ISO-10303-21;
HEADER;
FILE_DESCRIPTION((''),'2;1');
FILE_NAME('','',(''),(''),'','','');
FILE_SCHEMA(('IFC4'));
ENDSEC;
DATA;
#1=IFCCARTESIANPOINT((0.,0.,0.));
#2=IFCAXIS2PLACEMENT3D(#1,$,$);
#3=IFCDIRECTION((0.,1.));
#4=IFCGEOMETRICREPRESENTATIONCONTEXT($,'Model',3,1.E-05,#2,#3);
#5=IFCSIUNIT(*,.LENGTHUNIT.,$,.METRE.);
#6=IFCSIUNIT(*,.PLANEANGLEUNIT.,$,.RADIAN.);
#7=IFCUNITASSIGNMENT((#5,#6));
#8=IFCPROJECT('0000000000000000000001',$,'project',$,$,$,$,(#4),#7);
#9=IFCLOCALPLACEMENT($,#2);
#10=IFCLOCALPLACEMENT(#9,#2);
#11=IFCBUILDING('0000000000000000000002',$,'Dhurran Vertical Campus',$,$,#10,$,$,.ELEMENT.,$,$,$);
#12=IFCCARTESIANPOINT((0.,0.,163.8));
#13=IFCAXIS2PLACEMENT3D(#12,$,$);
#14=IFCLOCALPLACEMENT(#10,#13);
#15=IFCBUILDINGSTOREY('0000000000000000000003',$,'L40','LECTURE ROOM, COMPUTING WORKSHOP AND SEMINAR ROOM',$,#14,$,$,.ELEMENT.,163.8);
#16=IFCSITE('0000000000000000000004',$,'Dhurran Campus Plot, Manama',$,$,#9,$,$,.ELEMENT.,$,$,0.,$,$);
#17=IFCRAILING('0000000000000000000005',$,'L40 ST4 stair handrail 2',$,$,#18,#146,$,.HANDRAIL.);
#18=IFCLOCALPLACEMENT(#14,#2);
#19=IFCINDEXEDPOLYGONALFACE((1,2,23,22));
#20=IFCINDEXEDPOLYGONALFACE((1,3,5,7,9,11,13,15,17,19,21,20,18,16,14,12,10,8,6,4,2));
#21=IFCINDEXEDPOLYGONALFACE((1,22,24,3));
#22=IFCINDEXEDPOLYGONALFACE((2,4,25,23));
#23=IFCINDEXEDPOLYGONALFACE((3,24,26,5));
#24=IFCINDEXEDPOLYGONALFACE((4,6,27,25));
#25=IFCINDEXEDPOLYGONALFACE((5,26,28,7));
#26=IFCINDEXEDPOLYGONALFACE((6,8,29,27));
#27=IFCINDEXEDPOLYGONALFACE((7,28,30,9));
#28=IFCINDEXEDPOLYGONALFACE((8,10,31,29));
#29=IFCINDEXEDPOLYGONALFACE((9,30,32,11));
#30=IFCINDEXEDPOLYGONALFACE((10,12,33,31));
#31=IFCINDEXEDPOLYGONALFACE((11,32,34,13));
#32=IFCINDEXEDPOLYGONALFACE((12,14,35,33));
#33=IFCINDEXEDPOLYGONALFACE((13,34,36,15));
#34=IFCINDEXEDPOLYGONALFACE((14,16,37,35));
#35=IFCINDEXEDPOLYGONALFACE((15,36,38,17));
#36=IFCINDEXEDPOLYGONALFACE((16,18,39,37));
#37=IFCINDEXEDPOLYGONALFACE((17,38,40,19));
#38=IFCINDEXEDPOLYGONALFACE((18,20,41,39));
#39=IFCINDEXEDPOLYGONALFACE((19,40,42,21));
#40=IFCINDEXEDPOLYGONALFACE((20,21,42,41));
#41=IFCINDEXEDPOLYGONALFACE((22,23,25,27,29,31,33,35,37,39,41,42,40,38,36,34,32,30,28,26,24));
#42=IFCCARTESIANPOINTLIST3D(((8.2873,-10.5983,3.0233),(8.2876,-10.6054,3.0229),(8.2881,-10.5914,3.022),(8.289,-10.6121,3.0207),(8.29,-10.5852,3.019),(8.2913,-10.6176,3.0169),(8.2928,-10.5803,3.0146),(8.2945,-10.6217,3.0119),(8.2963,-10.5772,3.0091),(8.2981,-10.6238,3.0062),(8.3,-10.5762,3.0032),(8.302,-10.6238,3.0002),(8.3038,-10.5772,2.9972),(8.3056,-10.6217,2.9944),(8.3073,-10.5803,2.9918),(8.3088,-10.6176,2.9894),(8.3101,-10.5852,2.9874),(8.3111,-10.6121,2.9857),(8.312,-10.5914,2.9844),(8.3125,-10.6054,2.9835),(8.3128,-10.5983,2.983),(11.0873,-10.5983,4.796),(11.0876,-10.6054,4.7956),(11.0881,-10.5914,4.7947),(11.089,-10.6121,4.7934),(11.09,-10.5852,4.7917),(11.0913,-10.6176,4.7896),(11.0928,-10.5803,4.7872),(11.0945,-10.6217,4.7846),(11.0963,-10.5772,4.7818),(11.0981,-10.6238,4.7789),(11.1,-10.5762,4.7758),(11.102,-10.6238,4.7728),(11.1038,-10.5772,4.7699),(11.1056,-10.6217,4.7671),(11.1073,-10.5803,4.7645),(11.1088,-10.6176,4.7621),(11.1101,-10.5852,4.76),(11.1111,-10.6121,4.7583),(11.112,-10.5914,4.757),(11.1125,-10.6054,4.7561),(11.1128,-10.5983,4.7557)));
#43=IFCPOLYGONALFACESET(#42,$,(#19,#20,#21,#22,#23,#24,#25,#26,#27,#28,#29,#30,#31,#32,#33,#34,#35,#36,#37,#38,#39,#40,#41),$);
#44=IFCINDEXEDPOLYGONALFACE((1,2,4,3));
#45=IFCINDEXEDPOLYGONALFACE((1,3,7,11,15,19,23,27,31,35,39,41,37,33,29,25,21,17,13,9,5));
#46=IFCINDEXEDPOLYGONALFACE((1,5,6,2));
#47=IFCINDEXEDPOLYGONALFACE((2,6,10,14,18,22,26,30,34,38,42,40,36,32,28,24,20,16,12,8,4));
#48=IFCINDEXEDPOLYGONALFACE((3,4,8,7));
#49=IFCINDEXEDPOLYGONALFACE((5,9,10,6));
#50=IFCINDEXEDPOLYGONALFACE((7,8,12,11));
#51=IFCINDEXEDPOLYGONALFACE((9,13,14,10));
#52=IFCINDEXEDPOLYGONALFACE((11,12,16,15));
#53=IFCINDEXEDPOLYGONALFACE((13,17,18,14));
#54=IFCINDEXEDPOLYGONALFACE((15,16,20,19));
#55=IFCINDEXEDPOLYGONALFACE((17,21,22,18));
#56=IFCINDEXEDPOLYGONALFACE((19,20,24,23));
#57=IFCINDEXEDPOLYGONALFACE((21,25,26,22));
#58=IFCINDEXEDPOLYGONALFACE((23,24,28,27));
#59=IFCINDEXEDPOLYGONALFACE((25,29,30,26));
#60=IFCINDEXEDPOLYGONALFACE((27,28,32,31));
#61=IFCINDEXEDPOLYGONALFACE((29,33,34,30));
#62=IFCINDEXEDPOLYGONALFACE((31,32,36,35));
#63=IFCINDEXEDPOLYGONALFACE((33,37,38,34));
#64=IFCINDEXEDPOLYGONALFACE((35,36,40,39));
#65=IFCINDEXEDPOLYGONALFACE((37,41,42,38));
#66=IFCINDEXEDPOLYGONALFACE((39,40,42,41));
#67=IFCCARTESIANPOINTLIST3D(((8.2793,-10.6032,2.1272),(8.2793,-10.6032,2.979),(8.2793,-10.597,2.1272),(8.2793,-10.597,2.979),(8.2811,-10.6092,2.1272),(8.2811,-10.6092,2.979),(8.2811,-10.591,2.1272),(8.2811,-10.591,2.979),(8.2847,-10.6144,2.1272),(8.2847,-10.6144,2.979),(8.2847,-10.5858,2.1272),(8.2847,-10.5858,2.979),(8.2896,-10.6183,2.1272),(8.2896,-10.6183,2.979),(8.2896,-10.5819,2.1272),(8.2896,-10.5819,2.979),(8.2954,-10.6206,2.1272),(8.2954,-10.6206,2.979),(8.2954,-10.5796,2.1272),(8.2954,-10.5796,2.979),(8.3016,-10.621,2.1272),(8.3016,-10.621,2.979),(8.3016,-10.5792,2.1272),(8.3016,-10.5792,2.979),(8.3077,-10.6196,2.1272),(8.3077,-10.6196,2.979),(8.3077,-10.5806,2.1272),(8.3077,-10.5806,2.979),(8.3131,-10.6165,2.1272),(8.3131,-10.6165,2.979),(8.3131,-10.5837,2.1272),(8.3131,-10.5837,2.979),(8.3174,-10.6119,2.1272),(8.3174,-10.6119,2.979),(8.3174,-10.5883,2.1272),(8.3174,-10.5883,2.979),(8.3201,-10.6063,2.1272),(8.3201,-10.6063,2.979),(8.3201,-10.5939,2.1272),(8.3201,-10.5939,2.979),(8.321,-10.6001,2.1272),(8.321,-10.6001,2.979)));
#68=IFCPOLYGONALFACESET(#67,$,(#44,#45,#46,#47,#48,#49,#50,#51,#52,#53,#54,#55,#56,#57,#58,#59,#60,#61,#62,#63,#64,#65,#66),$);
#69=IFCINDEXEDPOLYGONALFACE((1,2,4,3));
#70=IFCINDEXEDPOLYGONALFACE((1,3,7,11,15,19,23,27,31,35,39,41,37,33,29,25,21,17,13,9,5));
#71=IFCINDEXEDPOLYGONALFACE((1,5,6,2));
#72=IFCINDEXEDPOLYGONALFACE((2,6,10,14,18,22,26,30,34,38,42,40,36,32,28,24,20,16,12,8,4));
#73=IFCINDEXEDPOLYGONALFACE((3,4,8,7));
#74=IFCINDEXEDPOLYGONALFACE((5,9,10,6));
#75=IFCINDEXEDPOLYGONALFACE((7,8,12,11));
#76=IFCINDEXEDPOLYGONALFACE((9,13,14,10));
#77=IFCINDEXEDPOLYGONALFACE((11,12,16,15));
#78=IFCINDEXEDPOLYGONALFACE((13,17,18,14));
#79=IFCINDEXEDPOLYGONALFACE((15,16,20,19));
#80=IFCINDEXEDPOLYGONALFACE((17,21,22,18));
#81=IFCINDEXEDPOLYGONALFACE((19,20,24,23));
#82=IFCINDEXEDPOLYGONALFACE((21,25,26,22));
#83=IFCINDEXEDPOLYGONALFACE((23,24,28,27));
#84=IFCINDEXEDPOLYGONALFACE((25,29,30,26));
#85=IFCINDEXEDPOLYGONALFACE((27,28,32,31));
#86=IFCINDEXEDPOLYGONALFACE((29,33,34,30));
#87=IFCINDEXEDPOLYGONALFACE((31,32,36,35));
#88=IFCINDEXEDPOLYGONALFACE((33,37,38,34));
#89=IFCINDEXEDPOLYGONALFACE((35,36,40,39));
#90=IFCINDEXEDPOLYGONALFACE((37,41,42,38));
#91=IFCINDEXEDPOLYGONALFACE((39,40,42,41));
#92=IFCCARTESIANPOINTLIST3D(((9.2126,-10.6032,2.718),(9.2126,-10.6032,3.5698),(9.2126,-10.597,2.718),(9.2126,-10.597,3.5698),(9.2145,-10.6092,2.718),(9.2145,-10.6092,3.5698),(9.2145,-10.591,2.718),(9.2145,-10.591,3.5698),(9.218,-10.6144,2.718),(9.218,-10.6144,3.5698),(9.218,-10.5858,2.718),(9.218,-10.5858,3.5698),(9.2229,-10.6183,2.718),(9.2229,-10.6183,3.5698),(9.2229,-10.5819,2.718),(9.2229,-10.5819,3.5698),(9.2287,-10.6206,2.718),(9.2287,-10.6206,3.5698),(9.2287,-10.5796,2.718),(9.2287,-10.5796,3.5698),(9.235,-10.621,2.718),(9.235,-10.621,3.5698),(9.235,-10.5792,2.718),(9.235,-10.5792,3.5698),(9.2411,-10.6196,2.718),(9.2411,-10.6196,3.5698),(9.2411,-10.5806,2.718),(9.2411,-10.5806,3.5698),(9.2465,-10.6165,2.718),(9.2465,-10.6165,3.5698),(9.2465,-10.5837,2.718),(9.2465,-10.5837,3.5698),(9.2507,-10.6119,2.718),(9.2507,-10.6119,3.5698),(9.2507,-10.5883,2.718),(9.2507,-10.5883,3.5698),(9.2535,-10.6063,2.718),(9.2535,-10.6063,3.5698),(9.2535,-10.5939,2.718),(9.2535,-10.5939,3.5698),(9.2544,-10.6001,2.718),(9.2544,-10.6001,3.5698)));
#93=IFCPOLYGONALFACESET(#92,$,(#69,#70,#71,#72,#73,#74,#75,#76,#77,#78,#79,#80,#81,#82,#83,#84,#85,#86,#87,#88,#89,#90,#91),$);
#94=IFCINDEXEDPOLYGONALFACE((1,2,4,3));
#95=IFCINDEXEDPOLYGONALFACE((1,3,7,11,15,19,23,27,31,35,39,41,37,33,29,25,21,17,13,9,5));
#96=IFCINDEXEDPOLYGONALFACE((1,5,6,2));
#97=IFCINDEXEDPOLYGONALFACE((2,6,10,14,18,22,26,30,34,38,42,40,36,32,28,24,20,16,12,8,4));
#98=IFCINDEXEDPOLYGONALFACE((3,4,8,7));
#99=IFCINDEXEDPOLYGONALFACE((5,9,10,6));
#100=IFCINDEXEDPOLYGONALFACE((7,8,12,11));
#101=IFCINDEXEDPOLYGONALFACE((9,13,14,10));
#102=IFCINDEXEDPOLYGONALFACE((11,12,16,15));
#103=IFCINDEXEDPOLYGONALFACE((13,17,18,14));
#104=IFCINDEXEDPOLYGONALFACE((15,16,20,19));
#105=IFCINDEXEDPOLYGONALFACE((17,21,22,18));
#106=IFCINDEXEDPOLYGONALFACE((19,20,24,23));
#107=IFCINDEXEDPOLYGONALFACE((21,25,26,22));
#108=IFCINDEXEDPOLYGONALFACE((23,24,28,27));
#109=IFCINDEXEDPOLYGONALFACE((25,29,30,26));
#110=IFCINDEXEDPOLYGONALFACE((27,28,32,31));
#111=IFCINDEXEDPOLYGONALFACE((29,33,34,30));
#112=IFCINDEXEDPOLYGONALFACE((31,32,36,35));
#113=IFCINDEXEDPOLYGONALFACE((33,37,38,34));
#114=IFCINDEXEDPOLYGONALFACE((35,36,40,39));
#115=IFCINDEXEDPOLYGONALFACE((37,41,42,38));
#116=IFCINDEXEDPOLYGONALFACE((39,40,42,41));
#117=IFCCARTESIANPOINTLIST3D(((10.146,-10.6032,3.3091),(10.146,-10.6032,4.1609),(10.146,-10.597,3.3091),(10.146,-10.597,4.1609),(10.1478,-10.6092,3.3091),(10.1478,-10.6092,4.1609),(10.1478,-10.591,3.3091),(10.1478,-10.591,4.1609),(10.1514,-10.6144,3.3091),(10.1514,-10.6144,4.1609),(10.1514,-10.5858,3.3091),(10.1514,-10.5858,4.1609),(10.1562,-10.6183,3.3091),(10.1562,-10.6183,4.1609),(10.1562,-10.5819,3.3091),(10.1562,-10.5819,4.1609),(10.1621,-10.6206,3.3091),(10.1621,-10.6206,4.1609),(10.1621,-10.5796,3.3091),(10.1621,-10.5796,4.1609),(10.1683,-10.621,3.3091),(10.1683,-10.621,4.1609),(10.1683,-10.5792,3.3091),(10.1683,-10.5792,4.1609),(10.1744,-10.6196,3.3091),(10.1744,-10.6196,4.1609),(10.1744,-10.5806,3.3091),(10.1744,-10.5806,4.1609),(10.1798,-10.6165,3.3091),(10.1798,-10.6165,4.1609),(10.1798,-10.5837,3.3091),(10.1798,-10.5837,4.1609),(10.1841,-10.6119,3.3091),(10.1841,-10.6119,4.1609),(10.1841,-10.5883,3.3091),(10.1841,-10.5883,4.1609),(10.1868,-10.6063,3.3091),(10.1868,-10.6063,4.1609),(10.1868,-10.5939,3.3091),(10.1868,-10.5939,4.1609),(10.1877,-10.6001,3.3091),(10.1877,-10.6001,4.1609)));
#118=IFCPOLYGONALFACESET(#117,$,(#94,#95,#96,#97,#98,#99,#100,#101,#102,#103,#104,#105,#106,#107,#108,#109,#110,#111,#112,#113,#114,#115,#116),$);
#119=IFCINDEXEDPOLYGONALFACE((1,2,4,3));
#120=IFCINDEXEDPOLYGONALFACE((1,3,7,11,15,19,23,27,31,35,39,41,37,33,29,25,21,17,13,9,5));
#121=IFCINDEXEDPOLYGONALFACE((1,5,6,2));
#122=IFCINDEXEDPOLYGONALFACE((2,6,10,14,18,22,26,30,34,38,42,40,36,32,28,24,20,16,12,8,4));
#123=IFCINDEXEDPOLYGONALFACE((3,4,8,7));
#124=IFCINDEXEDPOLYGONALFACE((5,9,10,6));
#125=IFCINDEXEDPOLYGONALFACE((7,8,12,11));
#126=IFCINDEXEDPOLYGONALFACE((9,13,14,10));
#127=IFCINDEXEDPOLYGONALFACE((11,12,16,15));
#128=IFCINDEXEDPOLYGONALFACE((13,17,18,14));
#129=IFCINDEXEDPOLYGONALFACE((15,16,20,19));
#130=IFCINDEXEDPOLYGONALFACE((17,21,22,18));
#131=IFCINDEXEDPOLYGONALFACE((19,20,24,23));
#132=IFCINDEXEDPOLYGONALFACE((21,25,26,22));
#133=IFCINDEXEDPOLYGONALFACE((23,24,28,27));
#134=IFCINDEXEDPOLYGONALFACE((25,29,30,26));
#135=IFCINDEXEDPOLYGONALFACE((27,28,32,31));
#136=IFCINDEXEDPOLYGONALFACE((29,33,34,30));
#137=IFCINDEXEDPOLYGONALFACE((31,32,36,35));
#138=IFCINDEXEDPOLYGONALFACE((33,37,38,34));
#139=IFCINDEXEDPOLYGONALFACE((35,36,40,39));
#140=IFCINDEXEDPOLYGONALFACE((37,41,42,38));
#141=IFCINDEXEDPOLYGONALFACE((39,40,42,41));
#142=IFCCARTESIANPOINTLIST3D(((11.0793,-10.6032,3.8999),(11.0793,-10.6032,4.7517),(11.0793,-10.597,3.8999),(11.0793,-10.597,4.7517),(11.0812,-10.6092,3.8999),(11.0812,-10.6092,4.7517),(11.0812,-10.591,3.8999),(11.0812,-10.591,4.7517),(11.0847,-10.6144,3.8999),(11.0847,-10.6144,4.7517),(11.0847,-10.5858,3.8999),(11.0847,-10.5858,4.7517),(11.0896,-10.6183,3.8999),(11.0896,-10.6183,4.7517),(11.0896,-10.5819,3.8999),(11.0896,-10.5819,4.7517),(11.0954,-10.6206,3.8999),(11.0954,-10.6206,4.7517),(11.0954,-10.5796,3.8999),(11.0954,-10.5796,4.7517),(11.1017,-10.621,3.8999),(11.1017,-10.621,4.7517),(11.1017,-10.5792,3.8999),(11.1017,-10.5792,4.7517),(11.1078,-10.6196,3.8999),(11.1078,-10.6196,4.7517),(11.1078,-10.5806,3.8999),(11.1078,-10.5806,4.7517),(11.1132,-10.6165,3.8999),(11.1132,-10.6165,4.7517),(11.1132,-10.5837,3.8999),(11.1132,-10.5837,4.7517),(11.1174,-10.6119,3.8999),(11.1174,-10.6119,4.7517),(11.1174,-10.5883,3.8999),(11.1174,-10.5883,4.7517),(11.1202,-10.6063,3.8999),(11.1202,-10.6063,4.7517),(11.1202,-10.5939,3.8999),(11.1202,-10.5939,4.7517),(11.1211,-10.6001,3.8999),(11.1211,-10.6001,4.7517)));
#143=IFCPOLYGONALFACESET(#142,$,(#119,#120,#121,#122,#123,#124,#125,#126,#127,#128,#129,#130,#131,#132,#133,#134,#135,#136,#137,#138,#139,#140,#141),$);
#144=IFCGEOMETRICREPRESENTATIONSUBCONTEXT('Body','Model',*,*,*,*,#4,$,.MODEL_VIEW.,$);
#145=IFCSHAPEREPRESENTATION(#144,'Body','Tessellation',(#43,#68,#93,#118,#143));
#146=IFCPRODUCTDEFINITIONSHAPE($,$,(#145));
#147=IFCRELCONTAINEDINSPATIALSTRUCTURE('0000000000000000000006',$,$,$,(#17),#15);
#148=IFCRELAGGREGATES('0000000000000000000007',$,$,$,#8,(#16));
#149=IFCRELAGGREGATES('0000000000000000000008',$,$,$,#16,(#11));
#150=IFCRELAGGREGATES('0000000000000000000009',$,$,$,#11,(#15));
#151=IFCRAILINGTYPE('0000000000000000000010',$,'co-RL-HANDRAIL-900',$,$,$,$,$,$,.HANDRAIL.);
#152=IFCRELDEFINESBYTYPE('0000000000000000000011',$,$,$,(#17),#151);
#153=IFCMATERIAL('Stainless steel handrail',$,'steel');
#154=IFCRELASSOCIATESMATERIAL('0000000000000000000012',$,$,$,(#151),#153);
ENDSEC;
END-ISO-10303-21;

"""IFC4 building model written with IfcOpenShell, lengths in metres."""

from ifc_helpers import new_model, si_unit, direction, frame, origin, origin_2d, place, context, subcontext, project, spatial, circle, extrude, material, type_object, element, save


model = new_model("IFC4")

# Units and contexts
model_context = context("Model", 3, precision=1e-05, world=origin(), true_north=direction((0.0, 1.0)))
body_context = subcontext(model_context, "Body", "Model", "MODEL_VIEW")
ifc_project = project(units=[si_unit("LENGTHUNIT", "METRE"), si_unit("PLANEANGLEUNIT", "RADIAN")], contexts=[model_context])

# Site, building, storey
site_placement = place(None, origin())
site = spatial("IfcSite", under=ifc_project, at=site_placement, Name="Dhurran Campus Plot, Manama", CompositionType="ELEMENT", RefElevation=0.0)
building_placement = place(site_placement, origin())
building = spatial("IfcBuilding", under=site, at=building_placement, Name="Dhurran Vertical Campus", CompositionType="ELEMENT")
storey_placement = place(building_placement, frame((0.0, 0.0, 163.8)))
storey = spatial("IfcBuildingStorey", under=building, at=storey_placement, Name="L40", Description="LECTURE ROOM, COMPUTING WORKSHOP AND SEMINAR ROOM", CompositionType="ELEMENT", Elevation=163.8)

# Railing
ifc_material_1 = material(Name="Stainless steel handrail", Category="steel")
railing_type_1 = type_object("IfcRailingType", Name="co-RL-HANDRAIL-900", PredefinedType="HANDRAIL", material=ifc_material_1)
railing_1_placement = place(storey_placement, frame((8.3, -10.6001, 2.1272)))
element("IfcRailing", 1, at=railing_1_placement, inside=storey, type_object=railing_type_1, Name="L40 ST4 stair handrail 2", PredefinedType="HANDRAIL", context=body_context, shape_type="SweptSolid", body=[
    extrude(circle(Radius=0.0239, at=origin_2d()), frame((0.0, 0.0, 0.876), z_axis=(0.844909, 0.0, 0.53491), x_axis=(0.0, 1.0, 0.0)), (0.0, 0.0, 1.0), 3.314),
    extrude(circle(Radius=0.021, at=origin_2d()), origin(), (0.0, 0.0, 1.0), 0.8518),
    extrude(circle(Radius=0.021, at=origin_2d()), frame((0.9333, 0.0, 0.5908)), (0.0, 0.0, 1.0), 0.8518),
    extrude(circle(Radius=0.021, at=origin_2d()), frame((1.8667, 0.0, 1.1819)), (0.0, 0.0, 1.0), 0.8518),
    extrude(circle(Radius=0.021, at=origin_2d()), frame((2.8, 0.0, 1.7727)), (0.0, 0.0, 1.0), 0.8518),
])

save(model, "model.ifc")
